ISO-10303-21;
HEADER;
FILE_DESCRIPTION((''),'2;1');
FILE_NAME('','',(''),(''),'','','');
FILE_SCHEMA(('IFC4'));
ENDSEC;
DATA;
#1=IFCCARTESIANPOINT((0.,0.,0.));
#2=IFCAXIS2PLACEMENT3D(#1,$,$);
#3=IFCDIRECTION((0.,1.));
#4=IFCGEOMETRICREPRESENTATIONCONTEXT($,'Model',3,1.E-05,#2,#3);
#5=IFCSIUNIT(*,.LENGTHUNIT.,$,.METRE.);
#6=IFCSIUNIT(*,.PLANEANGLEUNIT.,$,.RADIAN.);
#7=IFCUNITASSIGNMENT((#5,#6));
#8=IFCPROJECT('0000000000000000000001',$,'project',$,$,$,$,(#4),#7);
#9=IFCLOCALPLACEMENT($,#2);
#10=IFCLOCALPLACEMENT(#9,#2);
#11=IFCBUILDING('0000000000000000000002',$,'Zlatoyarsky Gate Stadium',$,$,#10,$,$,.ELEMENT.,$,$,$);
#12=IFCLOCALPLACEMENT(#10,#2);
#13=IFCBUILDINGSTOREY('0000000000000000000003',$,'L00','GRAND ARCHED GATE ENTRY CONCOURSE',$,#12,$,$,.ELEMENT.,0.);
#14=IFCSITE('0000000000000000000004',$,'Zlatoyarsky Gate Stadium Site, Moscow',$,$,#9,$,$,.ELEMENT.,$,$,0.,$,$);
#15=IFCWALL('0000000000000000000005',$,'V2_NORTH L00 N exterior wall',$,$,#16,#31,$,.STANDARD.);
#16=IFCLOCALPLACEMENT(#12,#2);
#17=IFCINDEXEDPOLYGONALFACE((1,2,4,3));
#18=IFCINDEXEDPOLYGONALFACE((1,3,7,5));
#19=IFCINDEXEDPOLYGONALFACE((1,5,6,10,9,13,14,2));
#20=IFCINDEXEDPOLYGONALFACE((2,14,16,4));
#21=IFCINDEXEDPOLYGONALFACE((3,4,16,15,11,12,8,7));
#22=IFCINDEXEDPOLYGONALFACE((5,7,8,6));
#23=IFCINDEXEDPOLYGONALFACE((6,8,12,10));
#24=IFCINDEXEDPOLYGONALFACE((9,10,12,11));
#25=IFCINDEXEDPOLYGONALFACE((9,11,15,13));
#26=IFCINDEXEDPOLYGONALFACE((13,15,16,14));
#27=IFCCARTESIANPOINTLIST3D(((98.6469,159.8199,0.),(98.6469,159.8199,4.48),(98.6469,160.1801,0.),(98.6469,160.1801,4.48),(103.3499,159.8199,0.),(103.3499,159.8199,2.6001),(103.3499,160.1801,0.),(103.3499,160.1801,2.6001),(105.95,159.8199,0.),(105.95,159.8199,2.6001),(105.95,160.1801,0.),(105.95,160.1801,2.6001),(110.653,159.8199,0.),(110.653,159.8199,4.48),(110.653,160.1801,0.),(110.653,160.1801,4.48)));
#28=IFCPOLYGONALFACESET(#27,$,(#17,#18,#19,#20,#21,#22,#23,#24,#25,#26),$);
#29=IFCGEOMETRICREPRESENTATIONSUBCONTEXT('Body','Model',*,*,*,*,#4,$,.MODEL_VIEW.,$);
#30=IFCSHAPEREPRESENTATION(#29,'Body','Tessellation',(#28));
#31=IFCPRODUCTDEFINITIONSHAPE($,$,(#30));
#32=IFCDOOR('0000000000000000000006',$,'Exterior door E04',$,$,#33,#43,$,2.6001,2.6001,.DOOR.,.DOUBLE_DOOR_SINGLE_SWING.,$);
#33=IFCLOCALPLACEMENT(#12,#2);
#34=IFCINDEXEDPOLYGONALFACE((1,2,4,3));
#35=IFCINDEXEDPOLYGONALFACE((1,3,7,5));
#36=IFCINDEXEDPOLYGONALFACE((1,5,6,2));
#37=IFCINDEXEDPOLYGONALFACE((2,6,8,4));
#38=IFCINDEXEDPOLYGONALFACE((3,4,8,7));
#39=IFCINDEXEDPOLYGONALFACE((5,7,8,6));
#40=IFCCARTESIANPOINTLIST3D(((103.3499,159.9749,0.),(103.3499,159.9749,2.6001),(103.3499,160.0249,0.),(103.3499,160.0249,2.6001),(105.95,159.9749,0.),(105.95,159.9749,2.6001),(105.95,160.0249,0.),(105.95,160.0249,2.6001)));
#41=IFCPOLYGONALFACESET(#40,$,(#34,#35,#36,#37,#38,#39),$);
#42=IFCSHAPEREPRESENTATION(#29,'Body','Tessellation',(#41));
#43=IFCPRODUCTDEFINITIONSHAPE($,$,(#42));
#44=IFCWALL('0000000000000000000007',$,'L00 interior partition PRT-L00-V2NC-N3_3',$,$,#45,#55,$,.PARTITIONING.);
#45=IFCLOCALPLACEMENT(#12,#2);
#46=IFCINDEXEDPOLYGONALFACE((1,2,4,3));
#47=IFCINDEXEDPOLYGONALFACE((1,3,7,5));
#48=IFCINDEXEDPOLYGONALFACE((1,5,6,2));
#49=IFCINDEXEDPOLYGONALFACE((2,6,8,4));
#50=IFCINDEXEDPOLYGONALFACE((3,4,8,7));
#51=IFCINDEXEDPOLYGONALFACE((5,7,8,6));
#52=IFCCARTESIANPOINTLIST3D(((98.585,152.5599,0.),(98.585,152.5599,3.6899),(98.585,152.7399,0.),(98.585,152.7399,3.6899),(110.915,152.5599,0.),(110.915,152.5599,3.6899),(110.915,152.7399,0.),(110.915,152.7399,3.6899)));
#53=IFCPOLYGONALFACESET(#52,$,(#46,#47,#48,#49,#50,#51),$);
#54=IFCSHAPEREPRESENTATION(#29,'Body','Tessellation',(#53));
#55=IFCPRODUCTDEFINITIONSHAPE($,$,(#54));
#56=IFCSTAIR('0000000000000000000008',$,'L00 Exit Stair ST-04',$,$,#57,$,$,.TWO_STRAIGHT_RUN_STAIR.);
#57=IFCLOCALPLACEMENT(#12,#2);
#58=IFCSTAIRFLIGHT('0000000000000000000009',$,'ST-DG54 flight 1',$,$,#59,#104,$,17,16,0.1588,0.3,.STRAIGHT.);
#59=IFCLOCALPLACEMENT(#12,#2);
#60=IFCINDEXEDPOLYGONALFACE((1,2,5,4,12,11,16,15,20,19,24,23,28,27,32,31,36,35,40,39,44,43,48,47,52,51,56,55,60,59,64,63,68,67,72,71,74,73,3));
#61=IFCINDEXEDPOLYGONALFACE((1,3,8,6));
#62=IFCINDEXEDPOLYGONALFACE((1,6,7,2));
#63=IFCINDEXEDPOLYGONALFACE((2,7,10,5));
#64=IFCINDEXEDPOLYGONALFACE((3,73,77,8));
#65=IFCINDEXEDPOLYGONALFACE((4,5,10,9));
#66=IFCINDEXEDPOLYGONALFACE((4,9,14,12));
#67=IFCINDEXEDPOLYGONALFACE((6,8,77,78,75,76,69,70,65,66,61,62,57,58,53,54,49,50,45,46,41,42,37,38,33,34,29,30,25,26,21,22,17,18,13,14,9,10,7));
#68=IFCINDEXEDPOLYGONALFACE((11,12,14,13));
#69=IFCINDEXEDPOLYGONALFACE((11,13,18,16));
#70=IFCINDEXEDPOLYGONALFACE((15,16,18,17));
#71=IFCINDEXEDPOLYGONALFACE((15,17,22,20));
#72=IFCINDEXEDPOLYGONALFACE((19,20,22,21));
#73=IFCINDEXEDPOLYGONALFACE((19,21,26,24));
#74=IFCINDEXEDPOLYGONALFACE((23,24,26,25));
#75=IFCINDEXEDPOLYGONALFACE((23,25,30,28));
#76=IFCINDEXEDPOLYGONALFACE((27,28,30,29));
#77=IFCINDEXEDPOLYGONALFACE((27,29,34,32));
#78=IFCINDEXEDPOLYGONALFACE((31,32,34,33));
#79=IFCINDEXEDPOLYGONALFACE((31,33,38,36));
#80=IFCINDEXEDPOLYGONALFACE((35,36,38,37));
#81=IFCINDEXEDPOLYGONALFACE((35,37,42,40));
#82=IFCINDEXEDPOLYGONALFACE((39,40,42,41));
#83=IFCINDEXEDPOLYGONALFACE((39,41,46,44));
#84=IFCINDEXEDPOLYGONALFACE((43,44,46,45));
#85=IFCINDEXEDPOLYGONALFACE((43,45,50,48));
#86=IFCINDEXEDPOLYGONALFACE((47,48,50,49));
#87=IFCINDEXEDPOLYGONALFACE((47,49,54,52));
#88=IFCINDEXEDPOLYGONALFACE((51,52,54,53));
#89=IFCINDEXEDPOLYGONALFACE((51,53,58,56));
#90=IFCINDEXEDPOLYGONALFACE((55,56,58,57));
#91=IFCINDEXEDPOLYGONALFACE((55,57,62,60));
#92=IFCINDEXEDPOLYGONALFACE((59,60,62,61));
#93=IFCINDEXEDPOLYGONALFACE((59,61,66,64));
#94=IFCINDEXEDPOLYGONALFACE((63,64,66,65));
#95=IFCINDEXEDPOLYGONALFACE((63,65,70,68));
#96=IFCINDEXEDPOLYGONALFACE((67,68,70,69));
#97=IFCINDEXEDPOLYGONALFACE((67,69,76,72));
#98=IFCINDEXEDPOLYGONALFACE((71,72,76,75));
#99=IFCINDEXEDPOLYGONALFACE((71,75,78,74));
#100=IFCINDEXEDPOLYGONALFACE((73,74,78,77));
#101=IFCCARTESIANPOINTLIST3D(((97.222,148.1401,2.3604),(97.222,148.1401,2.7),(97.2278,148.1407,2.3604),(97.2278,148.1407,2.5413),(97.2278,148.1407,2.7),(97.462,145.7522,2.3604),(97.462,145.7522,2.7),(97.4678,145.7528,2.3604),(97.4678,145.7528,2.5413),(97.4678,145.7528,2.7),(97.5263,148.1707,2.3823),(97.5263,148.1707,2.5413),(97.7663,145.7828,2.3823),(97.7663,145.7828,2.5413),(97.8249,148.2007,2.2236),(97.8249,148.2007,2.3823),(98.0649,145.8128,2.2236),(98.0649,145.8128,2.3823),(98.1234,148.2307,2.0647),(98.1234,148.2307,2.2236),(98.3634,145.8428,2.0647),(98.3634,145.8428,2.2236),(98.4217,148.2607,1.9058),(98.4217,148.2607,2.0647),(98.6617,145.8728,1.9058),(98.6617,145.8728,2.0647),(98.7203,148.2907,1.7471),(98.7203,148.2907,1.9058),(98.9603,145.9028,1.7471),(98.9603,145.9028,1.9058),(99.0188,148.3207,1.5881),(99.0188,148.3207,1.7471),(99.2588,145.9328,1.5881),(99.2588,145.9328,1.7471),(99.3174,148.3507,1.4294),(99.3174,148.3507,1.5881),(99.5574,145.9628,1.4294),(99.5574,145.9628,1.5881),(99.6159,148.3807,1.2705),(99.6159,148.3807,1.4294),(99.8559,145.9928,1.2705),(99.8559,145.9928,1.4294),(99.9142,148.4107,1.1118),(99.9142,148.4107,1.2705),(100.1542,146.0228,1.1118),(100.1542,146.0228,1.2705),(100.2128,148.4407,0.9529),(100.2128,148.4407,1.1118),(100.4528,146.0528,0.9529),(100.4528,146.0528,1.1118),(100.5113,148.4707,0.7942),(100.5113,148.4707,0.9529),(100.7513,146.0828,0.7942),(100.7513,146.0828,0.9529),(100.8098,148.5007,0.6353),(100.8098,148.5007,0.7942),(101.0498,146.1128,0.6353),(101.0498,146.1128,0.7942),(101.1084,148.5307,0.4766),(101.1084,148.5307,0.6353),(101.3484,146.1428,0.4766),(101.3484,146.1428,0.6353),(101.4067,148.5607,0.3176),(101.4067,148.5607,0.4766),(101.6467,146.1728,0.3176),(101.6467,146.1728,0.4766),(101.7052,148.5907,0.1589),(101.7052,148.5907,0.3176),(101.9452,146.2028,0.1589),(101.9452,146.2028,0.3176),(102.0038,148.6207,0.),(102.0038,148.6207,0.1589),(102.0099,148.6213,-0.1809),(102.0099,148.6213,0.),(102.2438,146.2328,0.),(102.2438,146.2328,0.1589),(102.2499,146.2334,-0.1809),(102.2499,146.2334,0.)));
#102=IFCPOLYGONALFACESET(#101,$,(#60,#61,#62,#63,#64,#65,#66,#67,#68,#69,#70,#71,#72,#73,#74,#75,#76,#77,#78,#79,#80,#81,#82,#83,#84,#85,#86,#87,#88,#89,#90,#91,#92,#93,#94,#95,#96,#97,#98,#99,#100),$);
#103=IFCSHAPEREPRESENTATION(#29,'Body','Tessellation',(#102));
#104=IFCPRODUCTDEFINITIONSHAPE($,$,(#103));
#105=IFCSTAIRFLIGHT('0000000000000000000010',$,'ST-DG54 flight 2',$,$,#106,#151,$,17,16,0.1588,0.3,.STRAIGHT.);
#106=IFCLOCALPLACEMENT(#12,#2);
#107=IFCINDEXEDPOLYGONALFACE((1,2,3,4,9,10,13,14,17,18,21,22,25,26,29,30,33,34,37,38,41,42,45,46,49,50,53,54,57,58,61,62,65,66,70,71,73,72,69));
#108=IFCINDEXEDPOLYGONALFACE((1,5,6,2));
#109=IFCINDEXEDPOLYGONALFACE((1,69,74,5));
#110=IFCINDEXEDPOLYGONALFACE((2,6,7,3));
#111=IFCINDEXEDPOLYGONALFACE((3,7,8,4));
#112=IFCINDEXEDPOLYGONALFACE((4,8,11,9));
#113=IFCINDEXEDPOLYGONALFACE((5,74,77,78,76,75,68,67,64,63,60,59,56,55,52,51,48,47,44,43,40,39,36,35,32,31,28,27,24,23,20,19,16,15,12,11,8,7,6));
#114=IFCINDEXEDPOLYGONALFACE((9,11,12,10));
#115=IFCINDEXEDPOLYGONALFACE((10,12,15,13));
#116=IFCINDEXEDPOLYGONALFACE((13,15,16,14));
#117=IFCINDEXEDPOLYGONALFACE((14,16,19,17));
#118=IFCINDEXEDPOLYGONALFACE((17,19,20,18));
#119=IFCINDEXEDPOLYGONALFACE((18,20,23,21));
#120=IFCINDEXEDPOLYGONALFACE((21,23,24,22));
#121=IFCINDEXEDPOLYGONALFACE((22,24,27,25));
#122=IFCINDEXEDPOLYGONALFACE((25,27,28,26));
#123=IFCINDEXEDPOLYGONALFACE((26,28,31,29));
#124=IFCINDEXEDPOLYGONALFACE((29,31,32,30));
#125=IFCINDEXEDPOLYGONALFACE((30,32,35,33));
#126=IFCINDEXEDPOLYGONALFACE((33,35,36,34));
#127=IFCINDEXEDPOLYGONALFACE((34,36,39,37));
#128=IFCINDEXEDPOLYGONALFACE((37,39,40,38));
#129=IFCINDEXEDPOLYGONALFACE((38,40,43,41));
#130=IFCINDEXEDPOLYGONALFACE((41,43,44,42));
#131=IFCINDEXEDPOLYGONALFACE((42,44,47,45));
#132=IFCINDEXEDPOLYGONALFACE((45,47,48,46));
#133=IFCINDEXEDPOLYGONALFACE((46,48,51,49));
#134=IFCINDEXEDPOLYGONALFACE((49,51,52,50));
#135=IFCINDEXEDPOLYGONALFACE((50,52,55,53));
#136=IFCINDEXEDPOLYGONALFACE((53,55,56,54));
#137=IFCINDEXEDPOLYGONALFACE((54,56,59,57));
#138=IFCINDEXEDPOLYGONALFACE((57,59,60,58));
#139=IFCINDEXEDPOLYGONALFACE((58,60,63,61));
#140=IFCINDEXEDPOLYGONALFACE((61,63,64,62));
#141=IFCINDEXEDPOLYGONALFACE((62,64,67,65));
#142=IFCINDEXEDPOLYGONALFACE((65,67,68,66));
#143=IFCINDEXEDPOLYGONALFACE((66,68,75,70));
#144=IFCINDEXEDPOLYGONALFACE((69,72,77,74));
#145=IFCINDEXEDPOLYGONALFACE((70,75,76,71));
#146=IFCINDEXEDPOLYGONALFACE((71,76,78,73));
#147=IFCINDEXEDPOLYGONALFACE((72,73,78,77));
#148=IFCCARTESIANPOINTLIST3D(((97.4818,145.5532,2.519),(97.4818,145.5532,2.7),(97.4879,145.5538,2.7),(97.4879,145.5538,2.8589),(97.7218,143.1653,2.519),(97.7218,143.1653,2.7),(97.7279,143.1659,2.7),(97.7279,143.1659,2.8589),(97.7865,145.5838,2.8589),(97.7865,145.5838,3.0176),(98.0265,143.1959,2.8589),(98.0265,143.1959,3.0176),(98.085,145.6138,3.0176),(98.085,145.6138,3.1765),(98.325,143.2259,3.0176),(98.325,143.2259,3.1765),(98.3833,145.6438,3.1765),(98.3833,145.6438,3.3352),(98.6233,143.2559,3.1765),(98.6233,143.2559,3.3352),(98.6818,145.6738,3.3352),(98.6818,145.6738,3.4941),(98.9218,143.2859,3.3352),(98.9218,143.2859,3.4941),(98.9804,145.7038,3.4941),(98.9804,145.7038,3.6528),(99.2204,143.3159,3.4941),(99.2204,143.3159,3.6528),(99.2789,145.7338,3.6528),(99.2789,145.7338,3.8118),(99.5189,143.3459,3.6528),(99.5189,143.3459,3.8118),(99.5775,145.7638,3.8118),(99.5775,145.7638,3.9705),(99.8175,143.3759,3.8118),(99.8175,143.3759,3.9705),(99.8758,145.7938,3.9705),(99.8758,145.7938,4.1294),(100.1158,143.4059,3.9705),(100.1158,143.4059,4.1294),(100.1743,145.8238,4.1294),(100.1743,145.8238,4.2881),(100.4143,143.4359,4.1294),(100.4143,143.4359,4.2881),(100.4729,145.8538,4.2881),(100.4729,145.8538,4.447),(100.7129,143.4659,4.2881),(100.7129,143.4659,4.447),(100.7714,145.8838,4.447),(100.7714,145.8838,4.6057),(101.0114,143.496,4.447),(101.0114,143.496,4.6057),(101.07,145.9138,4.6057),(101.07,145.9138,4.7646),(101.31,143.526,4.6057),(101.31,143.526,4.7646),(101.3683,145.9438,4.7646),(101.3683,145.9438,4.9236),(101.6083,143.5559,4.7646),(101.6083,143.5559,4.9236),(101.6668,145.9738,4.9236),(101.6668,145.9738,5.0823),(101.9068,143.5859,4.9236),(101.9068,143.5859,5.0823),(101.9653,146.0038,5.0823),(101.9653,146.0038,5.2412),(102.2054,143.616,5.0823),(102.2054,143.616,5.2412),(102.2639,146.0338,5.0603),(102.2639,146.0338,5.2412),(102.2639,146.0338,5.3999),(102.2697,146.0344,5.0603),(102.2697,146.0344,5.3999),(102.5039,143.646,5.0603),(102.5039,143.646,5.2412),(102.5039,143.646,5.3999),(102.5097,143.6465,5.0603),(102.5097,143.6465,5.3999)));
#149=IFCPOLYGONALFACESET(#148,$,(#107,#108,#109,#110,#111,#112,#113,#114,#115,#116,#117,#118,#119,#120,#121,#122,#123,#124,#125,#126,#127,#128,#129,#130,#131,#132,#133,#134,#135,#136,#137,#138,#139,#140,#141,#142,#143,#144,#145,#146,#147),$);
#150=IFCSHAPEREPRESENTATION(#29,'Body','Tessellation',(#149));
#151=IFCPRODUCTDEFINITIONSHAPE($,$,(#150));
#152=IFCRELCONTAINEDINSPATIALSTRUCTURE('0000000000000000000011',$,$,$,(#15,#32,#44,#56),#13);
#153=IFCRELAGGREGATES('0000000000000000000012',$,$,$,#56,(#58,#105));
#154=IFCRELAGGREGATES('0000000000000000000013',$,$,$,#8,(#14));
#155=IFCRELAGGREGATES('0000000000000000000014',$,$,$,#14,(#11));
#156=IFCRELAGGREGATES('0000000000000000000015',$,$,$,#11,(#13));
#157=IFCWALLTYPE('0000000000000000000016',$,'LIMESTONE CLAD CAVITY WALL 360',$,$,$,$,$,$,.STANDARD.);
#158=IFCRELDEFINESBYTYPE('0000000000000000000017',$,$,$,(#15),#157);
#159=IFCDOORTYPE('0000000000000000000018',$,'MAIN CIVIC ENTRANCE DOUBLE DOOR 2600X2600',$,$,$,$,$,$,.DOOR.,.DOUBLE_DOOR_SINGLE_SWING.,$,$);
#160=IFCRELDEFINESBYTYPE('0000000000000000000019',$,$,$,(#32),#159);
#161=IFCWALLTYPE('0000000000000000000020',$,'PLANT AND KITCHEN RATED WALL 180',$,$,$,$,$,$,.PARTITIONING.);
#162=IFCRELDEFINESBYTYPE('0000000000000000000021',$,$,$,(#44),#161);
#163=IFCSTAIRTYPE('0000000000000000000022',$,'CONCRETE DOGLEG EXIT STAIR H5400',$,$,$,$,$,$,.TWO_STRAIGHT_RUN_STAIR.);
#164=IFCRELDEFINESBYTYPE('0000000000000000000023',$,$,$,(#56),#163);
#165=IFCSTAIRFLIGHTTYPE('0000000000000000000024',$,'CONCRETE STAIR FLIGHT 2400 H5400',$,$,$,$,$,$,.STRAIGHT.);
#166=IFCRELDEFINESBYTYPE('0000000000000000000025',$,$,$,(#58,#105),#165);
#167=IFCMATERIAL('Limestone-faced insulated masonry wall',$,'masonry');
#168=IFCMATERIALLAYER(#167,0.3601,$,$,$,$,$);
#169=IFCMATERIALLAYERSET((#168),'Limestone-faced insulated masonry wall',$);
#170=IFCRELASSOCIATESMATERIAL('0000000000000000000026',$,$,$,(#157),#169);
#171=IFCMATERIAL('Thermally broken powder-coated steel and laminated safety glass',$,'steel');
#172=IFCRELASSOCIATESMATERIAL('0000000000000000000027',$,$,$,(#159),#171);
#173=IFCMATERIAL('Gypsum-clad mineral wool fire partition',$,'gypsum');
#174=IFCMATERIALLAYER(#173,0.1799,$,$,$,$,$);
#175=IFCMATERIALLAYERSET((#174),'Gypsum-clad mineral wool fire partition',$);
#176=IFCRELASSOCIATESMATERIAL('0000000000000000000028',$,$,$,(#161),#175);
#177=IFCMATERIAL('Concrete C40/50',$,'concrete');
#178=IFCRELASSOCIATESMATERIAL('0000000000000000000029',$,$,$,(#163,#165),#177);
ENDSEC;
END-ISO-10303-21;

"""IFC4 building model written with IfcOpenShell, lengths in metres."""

from ifc_helpers import new_model, si_unit, direction, frame, frame_2d, origin, place, context, subcontext, project, spatial, polyline, rectangle, outline, extrude, material, layer, layer_set, type_object, element, fill, aggregate, save


model = new_model("IFC4")

# Units and contexts
model_context = context("Model", 3, precision=1e-05, world=origin(), true_north=direction((0.0, 1.0)))
body_context = subcontext(model_context, "Body", "Model", "MODEL_VIEW")
ifc_project = project(units=[si_unit("LENGTHUNIT", "METRE"), si_unit("PLANEANGLEUNIT", "RADIAN")], contexts=[model_context])

# Site, building, storey
site_placement = place(None, origin())
site = spatial("IfcSite", under=ifc_project, at=site_placement, Name="Zlatoyarsky Gate Stadium Site, Moscow", CompositionType="ELEMENT", RefElevation=0.0)
building_placement = place(site_placement, origin())
building = spatial("IfcBuilding", under=site, at=building_placement, Name="Zlatoyarsky Gate Stadium", CompositionType="ELEMENT")
storey_placement = place(building_placement, origin())
storey = spatial("IfcBuildingStorey", under=building, at=storey_placement, Name="L00", Description="GRAND ARCHED GATE ENTRY CONCOURSE", CompositionType="ELEMENT", Elevation=0.0)

# Shared definitions
ifc_material_1 = material(Name="Concrete C40/50", Category="concrete")

# Shared definitions
ifc_material_2 = material(Name="Gypsum-clad mineral wool fire partition", Category="gypsum")

# Wall, opening, door
ifc_material_3 = material(Name="Limestone-faced insulated masonry wall", Category="masonry")
ifc_layer_1 = layer(ifc_material_3, 0.3601)
ifc_layer_set_1 = layer_set([ifc_layer_1], Name="Limestone-faced insulated masonry wall")
wall_type_1 = type_object("IfcWallType", Name="LIMESTONE CLAD CAVITY WALL 360", PredefinedType="STANDARD", material=ifc_layer_set_1)
wall_1_placement = place(storey_placement, frame((98.647, 160.0, 0.0), z_axis=(0.0, 0.0, 1.0), x_axis=(1.0, 0.0, 0.0)))
wall_1 = element("IfcWall", 1, at=wall_1_placement, inside=storey, type_object=wall_type_1, Name="V2_NORTH L00 N exterior wall", PredefinedType="STANDARD", context=body_context, shape_type="SweptSolid", body=[
    extrude(rectangle(XDim=12.0061, YDim=0.3601, at=frame_2d((6.0029, 0.0))), origin(), (0.0, 0.0, 1.0), 4.48),
])
opening_1_placement = place(wall_1_placement, frame((4.7029, 0.0, 0.0)))
opening_1 = element("IfcOpeningElement", 2, at=opening_1_placement, cuts=wall_1, PredefinedType="OPENING", context=body_context, shape_type="SweptSolid", body=[
    extrude(rectangle(XDim=2.6001, YDim=2.6001, at=frame_2d((1.3, 1.3))), frame((0.0, 0.1899, 0.0), z_axis=(0.0, -1.0, 0.0), x_axis=(1.0, 0.0, 0.0)), (0.0, 0.0, 1.0), 0.3801),
])
ifc_material_4 = material(Name="Thermally broken powder-coated steel and laminated safety glass", Category="steel")
door_type_1 = type_object("IfcDoorType", Name="MAIN CIVIC ENTRANCE DOUBLE DOOR 2600X2600", OperationType="DOUBLE_DOOR_SINGLE_SWING", PredefinedType="DOOR", material=ifc_material_4)
door_1_placement = place(opening_1_placement, origin())
door_1 = element("IfcDoor", 3, at=door_1_placement, inside=storey, type_object=door_type_1, Name="Exterior door E04", OperationType="DOUBLE_DOOR_SINGLE_SWING", OverallHeight=2.6001, OverallWidth=2.6001, PredefinedType="DOOR", context=body_context, shape_type="SweptSolid", body=[
    extrude(rectangle(XDim=2.6001, YDim=2.6001, at=frame_2d((1.3, 1.3))), frame((0.0, 0.0249, 0.0), z_axis=(0.0, -1.0, 0.0), x_axis=(1.0, 0.0, 0.0)), (0.0, 0.0, 1.0), 0.05),
])
fill(opening_1, door_1)

# Wall
ifc_layer_2 = layer(ifc_material_2, 0.1799)
ifc_layer_set_2 = layer_set([ifc_layer_2], Name="Gypsum-clad mineral wool fire partition")
wall_type_2 = type_object("IfcWallType", Name="PLANT AND KITCHEN RATED WALL 180", PredefinedType="PARTITIONING", material=ifc_layer_set_2)
wall_2_placement = place(storey_placement, frame((98.585, 152.6499, 0.0), z_axis=(0.0, 0.0, 1.0), x_axis=(1.0, 0.0, 0.0)))
element("IfcWall", 4, at=wall_2_placement, inside=storey, type_object=wall_type_2, Name="L00 interior partition PRT-L00-V2NC-N3_3", PredefinedType="PARTITIONING", context=body_context, shape_type="SweptSolid", body=[
    extrude(rectangle(XDim=12.3301, YDim=0.1799, at=frame_2d((6.165, 0.0))), origin(), (0.0, 0.0, 1.0), 3.6899),
])

# Stair, stair flights
stair_type = type_object("IfcStairType", Name="CONCRETE DOGLEG EXIT STAIR H5400", PredefinedType="TWO_STRAIGHT_RUN_STAIR", material=ifc_material_1)
stair_placement = place(storey_placement, origin())
stair = element("IfcStair", 5, at=stair_placement, inside=storey, type_object=stair_type, Name="L00 Exit Stair ST-04", PredefinedType="TWO_STRAIGHT_RUN_STAIR")
stair_flight_type = type_object("IfcStairFlightType", Name="CONCRETE STAIR FLIGHT 2400 H5400", PredefinedType="STRAIGHT", material=ifc_material_1)
stair_flight_1_placement = place(storey_placement, frame((102.1238, 147.4268, 0.0), z_axis=(0.0, 0.0, 1.0), x_axis=(-0.994987, -0.100006, 0.0)))
stair_flight_1 = element("IfcStairFlight", 6, at=stair_flight_1_placement, type_object=stair_flight_type, Name="ST-DG54 flight 1", NumberOfRisers=17, NumberOfTreads=16, PredefinedType="STRAIGHT", RiserHeight=0.1588, TreadLength=0.3, context=body_context, shape_type="SweptSolid", body=[
    extrude(outline(polyline([(-0.0061, -0.1809), (-0.0061, 0.0), (0.0, 0.0), (0.0, 0.1589), (0.3, 0.1589), (0.3, 0.3176), (0.6001, 0.3176), (0.6001, 0.4766), (0.8999, 0.4766), (0.8999, 0.6353), (1.2, 0.6353), (1.2, 0.7942), (1.5, 0.7942), (1.5, 0.9529), (1.8, 0.9529), (1.8, 1.1118), (2.1001, 1.1118), (2.1001, 1.2705), (2.3999, 1.2705), (2.3999, 1.4294), (2.7, 1.4294), (2.7, 1.5881), (3.0, 1.5881), (3.0, 1.7471), (3.3, 1.7471), (3.3, 1.9058), (3.6001, 1.9058), (3.6001, 2.0647), (3.8999, 2.0647), (3.8999, 2.2236), (4.2, 2.2236), (4.2, 2.3823), (4.5, 2.3823), (4.5, 2.5413), (4.8, 2.5413), (4.8, 2.7), (4.8059, 2.7), (4.8059, 2.3604), (4.8, 2.3604), (-0.0061, -0.1809)])), frame((0.0, 1.2, 0.0), z_axis=(0.0, -1.0, 0.0), x_axis=(1.0, 0.0, 0.0)), (0.0, 0.0, 1.0), 2.3999),
])
stair_flight_2_placement = place(storey_placement, frame((97.6079, 144.3599, 2.7), z_axis=(0.0, 0.0, 1.0), x_axis=(0.994987, 0.100006, 0.0)))
stair_flight_2 = element("IfcStairFlight", 7, at=stair_flight_2_placement, type_object=stair_flight_type, Name="ST-DG54 flight 2", NumberOfRisers=17, NumberOfTreads=16, PredefinedType="STRAIGHT", RiserHeight=0.1588, TreadLength=0.3, context=body_context, shape_type="SweptSolid", body=[
    extrude(outline(polyline([(-0.0061, -0.1809), (-0.0061, 0.0), (0.0, 0.0), (0.0, 0.1589), (0.3, 0.1589), (0.3, 0.3176), (0.6001, 0.3176), (0.6001, 0.4766), (0.8999, 0.4766), (0.8999, 0.6353), (1.2, 0.6353), (1.2, 0.7942), (1.5, 0.7942), (1.5, 0.9529), (1.8, 0.9529), (1.8, 1.1118), (2.1001, 1.1118), (2.1001, 1.2705), (2.3999, 1.2705), (2.3999, 1.4294), (2.7, 1.4294), (2.7, 1.5881), (3.0, 1.5881), (3.0, 1.7471), (3.3, 1.7471), (3.3, 1.9058), (3.6001, 1.9058), (3.6001, 2.0647), (3.8999, 2.0647), (3.8999, 2.2236), (4.2, 2.2236), (4.2, 2.3823), (4.5, 2.3823), (4.5, 2.5413), (4.8, 2.5413), (4.8, 2.7), (4.8059, 2.7), (4.8059, 2.3604), (4.8, 2.3604), (-0.0061, -0.1809)])), frame((0.0, 1.2, 0.0), z_axis=(0.0, -1.0, 0.0), x_axis=(1.0, 0.0, 0.0)), (0.0, 0.0, 1.0), 2.3999),
])
aggregate(stair, [stair_flight_1, stair_flight_2])

save(model, "model.ifc")
